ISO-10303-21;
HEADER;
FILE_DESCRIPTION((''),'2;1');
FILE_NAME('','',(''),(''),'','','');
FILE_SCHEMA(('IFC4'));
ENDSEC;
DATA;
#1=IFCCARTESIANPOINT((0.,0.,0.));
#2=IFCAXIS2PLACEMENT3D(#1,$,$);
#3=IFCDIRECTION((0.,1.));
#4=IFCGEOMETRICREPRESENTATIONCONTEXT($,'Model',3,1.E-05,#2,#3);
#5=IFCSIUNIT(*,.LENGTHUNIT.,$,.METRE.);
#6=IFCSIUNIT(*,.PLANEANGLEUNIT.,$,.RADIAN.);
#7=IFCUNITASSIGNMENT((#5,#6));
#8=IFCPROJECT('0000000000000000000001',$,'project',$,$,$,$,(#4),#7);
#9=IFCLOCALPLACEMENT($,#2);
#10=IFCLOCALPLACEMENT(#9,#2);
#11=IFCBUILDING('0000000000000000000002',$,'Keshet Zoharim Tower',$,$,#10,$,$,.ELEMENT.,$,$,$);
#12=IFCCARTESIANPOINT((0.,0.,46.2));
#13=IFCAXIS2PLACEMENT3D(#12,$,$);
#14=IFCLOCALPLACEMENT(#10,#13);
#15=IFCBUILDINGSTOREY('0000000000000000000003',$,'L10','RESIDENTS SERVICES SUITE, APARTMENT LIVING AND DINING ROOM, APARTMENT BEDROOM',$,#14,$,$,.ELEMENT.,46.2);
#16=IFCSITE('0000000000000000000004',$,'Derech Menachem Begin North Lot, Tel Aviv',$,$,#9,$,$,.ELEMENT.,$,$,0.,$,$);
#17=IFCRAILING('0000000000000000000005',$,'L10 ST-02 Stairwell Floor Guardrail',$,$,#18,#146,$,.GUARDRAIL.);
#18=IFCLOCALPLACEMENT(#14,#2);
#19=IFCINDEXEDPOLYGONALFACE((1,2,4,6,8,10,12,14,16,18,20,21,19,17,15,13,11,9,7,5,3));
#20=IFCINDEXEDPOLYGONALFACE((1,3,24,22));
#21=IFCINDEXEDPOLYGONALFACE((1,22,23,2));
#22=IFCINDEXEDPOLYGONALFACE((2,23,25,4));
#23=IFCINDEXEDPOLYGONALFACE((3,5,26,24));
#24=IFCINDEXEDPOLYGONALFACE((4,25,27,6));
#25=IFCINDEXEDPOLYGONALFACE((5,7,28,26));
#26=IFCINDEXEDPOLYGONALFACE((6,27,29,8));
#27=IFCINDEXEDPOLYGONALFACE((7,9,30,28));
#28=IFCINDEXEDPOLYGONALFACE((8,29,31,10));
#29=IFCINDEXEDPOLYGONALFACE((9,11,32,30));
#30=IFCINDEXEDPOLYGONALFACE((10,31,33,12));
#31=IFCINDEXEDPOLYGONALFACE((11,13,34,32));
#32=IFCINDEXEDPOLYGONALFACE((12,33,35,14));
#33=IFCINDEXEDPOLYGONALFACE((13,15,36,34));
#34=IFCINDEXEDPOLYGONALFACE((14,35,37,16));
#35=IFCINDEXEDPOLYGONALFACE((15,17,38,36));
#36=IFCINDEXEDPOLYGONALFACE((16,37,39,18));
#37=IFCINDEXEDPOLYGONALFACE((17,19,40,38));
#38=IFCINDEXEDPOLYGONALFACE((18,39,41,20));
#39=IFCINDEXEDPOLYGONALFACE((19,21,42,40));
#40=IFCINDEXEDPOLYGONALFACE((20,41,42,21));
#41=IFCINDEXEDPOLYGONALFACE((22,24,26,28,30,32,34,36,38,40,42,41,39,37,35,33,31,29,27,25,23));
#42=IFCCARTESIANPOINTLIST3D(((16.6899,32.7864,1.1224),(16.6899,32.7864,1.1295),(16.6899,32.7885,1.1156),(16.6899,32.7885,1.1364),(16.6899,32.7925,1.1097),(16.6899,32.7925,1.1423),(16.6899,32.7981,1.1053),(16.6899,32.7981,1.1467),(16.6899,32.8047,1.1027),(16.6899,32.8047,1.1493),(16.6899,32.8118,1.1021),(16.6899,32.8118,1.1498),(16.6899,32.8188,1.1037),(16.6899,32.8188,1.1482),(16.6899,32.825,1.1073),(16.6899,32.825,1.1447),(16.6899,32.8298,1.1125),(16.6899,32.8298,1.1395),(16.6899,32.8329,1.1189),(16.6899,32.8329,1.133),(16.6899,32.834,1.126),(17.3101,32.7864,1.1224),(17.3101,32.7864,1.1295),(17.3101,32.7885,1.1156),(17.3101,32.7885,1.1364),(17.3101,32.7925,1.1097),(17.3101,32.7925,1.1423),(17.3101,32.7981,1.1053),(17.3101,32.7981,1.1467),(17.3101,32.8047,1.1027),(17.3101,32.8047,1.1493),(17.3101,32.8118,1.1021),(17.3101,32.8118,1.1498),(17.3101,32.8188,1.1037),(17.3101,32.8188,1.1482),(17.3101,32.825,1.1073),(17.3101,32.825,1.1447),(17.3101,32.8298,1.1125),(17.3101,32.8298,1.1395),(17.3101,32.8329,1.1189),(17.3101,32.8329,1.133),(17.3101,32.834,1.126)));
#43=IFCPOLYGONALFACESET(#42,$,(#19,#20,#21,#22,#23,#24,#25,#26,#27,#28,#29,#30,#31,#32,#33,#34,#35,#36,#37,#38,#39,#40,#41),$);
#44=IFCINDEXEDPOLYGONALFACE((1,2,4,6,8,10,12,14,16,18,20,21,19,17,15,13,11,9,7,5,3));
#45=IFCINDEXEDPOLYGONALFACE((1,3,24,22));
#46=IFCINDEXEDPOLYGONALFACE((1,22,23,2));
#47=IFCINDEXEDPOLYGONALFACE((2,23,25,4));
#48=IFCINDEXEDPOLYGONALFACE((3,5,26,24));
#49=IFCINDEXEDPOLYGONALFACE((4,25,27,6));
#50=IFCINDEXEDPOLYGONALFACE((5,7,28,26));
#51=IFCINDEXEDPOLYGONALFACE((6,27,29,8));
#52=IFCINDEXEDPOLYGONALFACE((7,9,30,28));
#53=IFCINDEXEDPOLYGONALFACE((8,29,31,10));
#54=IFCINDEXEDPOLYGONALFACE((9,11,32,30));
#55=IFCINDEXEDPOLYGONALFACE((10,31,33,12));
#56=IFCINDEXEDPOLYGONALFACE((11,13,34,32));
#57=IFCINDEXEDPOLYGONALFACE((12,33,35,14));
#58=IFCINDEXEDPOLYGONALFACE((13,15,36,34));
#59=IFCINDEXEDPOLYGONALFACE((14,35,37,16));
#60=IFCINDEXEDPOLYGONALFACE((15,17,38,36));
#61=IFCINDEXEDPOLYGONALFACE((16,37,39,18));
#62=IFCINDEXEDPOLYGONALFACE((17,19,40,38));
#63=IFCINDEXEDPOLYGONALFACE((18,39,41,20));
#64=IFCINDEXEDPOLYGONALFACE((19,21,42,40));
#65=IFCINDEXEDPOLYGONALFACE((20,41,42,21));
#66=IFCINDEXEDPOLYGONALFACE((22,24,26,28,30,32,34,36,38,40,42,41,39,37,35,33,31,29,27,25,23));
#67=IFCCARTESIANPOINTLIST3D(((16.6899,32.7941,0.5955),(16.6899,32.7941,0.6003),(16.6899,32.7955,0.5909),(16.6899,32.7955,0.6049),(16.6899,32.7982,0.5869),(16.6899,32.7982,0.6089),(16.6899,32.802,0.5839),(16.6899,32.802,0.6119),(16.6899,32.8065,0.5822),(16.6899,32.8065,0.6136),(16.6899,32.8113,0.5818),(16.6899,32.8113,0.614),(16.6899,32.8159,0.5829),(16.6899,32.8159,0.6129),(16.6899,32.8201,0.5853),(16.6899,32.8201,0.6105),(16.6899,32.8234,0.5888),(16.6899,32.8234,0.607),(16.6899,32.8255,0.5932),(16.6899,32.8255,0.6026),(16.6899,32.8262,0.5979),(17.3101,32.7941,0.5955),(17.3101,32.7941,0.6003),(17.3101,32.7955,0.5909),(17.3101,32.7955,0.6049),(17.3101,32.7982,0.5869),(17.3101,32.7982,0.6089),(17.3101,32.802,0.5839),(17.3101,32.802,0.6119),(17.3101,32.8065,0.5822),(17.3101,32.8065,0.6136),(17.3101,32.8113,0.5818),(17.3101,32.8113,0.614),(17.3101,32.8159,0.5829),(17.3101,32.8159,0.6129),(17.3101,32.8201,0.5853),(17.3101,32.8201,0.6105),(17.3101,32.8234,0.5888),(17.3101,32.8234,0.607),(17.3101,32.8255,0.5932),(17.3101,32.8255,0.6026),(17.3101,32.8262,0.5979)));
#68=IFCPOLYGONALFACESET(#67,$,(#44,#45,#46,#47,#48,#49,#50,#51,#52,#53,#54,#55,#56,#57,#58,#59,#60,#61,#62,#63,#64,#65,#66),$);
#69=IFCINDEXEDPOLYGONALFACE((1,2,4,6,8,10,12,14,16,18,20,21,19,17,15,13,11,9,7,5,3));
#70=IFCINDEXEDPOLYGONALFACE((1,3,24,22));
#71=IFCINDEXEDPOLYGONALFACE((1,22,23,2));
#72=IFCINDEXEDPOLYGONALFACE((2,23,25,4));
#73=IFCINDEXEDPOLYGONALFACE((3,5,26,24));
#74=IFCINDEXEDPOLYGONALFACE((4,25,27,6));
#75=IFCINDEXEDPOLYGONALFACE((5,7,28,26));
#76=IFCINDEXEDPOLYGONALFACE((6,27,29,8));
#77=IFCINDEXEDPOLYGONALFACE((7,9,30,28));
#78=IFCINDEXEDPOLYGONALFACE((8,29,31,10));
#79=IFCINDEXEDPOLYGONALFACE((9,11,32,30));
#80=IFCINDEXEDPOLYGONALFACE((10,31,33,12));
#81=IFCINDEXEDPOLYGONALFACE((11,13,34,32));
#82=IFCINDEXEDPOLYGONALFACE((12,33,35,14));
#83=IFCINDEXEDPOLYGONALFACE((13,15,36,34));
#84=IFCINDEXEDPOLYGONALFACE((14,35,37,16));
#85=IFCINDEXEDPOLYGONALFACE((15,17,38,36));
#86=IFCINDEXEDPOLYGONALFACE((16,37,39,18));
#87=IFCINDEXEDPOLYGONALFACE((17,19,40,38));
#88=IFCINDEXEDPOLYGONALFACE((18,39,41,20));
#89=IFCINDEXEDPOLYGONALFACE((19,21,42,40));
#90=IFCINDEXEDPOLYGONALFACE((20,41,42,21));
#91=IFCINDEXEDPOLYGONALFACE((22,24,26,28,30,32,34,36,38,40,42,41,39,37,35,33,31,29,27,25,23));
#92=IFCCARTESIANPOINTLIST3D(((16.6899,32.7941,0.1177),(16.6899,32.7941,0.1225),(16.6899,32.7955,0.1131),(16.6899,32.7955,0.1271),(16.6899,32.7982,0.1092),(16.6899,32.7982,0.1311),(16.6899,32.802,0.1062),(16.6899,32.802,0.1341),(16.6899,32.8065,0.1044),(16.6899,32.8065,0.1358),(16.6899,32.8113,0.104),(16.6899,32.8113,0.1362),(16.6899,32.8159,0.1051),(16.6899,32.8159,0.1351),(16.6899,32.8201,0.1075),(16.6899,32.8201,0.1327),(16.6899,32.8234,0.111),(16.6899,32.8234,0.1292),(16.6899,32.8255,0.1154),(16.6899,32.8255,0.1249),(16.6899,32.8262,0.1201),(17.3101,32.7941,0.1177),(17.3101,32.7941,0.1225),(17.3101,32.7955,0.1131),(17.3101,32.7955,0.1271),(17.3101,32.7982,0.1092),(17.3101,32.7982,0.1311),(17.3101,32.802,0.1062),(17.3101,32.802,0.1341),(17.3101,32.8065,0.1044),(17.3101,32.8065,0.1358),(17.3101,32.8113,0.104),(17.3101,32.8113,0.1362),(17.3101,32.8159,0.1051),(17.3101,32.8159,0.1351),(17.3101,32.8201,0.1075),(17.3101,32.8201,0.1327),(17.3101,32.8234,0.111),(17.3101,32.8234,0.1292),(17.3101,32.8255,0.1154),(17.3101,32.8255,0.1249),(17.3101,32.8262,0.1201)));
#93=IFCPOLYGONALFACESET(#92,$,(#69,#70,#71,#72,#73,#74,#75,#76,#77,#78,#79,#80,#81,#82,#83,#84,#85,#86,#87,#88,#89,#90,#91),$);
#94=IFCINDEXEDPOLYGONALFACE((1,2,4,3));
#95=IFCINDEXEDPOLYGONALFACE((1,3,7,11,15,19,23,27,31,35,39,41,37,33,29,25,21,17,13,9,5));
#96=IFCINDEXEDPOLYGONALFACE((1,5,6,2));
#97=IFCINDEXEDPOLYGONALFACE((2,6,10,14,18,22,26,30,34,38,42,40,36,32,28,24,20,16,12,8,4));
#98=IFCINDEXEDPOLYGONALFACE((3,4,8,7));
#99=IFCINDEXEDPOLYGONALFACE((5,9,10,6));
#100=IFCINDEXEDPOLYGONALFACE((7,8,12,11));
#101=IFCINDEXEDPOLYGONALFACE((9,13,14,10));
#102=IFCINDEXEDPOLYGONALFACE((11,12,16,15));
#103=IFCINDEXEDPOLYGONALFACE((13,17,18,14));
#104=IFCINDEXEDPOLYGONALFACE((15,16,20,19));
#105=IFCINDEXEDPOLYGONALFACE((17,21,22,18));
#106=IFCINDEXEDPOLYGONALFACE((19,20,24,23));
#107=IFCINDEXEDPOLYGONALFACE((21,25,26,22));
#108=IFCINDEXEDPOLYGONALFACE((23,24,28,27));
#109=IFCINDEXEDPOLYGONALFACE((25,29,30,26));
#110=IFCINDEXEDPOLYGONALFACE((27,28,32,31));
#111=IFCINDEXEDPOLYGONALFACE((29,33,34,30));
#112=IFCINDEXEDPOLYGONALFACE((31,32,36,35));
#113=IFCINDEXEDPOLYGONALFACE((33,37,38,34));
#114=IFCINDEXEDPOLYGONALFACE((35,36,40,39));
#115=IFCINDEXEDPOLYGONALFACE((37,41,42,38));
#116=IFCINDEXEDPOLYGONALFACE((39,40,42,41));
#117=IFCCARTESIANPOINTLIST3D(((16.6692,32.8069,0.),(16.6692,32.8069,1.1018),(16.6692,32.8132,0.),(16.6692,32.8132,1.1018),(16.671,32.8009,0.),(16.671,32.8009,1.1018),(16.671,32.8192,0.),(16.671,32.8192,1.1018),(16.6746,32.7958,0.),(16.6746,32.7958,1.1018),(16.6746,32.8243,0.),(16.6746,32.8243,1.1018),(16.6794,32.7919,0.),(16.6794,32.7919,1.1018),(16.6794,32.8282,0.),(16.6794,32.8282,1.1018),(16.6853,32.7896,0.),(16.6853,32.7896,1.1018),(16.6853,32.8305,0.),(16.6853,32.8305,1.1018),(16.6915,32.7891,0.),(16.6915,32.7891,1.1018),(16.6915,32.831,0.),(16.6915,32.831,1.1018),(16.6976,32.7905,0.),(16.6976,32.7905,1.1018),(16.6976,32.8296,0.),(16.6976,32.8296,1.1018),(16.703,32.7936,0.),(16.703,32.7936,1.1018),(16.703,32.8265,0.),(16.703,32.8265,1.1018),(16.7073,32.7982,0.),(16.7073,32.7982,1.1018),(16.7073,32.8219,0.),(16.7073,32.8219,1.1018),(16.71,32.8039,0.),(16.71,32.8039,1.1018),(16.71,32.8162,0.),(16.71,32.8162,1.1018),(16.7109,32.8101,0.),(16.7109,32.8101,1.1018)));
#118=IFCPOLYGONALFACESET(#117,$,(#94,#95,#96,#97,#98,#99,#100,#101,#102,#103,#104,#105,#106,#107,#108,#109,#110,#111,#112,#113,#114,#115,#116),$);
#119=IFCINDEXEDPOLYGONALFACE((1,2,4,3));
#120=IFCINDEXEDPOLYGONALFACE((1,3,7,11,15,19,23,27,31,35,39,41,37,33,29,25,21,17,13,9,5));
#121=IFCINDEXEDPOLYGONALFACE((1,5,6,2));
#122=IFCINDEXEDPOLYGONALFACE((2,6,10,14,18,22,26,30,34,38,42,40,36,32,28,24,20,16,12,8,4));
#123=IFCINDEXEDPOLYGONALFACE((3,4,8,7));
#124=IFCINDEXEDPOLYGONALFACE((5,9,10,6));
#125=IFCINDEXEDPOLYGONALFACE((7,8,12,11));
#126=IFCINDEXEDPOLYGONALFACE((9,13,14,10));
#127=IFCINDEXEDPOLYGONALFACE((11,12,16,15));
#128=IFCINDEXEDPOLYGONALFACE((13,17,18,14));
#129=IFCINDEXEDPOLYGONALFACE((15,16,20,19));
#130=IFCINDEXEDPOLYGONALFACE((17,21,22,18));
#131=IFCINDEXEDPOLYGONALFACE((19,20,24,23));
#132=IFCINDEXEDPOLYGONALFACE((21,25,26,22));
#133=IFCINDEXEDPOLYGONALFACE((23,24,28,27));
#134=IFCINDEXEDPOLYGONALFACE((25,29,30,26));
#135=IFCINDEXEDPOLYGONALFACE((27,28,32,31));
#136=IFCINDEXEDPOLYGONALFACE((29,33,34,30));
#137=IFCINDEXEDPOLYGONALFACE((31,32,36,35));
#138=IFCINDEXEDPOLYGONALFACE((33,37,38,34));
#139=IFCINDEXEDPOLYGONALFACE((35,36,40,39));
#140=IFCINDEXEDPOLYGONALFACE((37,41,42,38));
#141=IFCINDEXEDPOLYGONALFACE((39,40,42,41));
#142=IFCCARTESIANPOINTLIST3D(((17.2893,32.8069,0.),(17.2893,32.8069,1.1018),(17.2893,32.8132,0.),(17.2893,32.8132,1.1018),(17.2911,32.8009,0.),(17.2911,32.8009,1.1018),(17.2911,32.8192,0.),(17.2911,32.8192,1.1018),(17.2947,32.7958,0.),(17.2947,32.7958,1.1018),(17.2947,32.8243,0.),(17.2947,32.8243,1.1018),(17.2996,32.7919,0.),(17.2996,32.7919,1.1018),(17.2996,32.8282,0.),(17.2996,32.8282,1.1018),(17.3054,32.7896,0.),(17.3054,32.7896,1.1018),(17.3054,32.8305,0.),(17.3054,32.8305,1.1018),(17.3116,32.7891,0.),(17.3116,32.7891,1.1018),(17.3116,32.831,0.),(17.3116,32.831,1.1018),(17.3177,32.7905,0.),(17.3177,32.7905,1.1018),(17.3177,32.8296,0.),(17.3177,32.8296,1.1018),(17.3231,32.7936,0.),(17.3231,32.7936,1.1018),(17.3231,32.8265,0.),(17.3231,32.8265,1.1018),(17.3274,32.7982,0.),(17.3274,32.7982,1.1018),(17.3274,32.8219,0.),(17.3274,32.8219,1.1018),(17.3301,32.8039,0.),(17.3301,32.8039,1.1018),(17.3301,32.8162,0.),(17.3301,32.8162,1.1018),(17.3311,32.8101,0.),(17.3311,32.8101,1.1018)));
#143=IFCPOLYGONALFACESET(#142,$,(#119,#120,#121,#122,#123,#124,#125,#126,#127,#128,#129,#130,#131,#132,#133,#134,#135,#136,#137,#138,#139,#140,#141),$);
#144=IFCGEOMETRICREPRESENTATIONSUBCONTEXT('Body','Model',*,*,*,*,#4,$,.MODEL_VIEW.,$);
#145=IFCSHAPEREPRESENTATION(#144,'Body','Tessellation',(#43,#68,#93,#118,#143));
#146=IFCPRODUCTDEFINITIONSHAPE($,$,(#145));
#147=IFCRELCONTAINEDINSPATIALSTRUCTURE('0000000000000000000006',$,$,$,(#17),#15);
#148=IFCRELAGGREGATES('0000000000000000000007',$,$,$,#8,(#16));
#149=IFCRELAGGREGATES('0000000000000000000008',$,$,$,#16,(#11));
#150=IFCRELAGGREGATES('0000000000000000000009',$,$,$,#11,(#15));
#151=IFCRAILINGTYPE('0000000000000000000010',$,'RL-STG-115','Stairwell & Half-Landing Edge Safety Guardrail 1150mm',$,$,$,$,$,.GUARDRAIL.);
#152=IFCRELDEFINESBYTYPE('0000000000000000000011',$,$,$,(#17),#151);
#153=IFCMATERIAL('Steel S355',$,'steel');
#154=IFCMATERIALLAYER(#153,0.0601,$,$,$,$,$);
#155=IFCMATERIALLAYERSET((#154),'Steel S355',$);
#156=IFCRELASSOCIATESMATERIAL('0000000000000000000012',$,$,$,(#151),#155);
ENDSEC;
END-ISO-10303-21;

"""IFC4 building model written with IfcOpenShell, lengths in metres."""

from ifc_helpers import new_model, si_unit, direction, frame, origin, origin_2d, place, context, subcontext, project, spatial, circle, extrude, material, layer, layer_set, type_object, element, save


model = new_model("IFC4")

# Units and contexts
model_context = context("Model", 3, precision=1e-05, world=origin(), true_north=direction((0.0, 1.0)))
body_context = subcontext(model_context, "Body", "Model", "MODEL_VIEW")
ifc_project = project(units=[si_unit("LENGTHUNIT", "METRE"), si_unit("PLANEANGLEUNIT", "RADIAN")], contexts=[model_context])

# Site, building, storey
site_placement = place(None, origin())
site = spatial("IfcSite", under=ifc_project, at=site_placement, Name="Derech Menachem Begin North Lot, Tel Aviv", CompositionType="ELEMENT", RefElevation=0.0)
building_placement = place(site_placement, origin())
building = spatial("IfcBuilding", under=site, at=building_placement, Name="Keshet Zoharim Tower", CompositionType="ELEMENT")
storey_placement = place(building_placement, frame((0.0, 0.0, 46.2)))
storey = spatial("IfcBuildingStorey", under=building, at=storey_placement, Name="L10", Description="RESIDENTS SERVICES SUITE, APARTMENT LIVING AND DINING ROOM, APARTMENT BEDROOM", CompositionType="ELEMENT", Elevation=46.2)

# Shared definitions
ifc_material_1 = material(Name="Steel S355", Category="steel")

# Railing
ifc_layer_1 = layer(ifc_material_1, 0.0601)
ifc_layer_set_1 = layer_set([ifc_layer_1], Name="Steel S355")
railing_type_1 = type_object("IfcRailingType", Name="RL-STG-115", Description="Stairwell & Half-Landing Edge Safety Guardrail 1150mm", PredefinedType="GUARDRAIL", material=ifc_layer_set_1)
railing_1_placement = place(storey_placement, frame((16.6899, 32.8101, 0.0)))
element("IfcRailing", 1, at=railing_1_placement, inside=storey, type_object=railing_type_1, Name="L10 ST-02 Stairwell Floor Guardrail", PredefinedType="GUARDRAIL", context=body_context, shape_type="SweptSolid", body=[
    extrude(circle(Radius=0.0239, at=origin_2d()), frame((0.0, 0.0, 1.126), z_axis=(1.0, 0.0, 0.0), x_axis=(0.0, 1.0, 0.0)), (0.0, 0.0, 1.0), 0.6201),
    extrude(circle(Radius=0.0161, at=origin_2d()), frame((0.0, 0.0, 0.5979), z_axis=(1.0, 0.0, 0.0), x_axis=(0.0, 1.0, 0.0)), (0.0, 0.0, 1.0), 0.6201),
    extrude(circle(Radius=0.0161, at=origin_2d()), frame((0.0, 0.0, 0.1201), z_axis=(1.0, 0.0, 0.0), x_axis=(0.0, 1.0, 0.0)), (0.0, 0.0, 1.0), 0.6201),
    extrude(circle(Radius=0.021, at=origin_2d()), origin(), (0.0, 0.0, 1.0), 1.1018),
    extrude(circle(Radius=0.021, at=origin_2d()), frame((0.6201, 0.0, 0.0)), (0.0, 0.0, 1.0), 1.1018),
])

save(model, "model.ifc")
